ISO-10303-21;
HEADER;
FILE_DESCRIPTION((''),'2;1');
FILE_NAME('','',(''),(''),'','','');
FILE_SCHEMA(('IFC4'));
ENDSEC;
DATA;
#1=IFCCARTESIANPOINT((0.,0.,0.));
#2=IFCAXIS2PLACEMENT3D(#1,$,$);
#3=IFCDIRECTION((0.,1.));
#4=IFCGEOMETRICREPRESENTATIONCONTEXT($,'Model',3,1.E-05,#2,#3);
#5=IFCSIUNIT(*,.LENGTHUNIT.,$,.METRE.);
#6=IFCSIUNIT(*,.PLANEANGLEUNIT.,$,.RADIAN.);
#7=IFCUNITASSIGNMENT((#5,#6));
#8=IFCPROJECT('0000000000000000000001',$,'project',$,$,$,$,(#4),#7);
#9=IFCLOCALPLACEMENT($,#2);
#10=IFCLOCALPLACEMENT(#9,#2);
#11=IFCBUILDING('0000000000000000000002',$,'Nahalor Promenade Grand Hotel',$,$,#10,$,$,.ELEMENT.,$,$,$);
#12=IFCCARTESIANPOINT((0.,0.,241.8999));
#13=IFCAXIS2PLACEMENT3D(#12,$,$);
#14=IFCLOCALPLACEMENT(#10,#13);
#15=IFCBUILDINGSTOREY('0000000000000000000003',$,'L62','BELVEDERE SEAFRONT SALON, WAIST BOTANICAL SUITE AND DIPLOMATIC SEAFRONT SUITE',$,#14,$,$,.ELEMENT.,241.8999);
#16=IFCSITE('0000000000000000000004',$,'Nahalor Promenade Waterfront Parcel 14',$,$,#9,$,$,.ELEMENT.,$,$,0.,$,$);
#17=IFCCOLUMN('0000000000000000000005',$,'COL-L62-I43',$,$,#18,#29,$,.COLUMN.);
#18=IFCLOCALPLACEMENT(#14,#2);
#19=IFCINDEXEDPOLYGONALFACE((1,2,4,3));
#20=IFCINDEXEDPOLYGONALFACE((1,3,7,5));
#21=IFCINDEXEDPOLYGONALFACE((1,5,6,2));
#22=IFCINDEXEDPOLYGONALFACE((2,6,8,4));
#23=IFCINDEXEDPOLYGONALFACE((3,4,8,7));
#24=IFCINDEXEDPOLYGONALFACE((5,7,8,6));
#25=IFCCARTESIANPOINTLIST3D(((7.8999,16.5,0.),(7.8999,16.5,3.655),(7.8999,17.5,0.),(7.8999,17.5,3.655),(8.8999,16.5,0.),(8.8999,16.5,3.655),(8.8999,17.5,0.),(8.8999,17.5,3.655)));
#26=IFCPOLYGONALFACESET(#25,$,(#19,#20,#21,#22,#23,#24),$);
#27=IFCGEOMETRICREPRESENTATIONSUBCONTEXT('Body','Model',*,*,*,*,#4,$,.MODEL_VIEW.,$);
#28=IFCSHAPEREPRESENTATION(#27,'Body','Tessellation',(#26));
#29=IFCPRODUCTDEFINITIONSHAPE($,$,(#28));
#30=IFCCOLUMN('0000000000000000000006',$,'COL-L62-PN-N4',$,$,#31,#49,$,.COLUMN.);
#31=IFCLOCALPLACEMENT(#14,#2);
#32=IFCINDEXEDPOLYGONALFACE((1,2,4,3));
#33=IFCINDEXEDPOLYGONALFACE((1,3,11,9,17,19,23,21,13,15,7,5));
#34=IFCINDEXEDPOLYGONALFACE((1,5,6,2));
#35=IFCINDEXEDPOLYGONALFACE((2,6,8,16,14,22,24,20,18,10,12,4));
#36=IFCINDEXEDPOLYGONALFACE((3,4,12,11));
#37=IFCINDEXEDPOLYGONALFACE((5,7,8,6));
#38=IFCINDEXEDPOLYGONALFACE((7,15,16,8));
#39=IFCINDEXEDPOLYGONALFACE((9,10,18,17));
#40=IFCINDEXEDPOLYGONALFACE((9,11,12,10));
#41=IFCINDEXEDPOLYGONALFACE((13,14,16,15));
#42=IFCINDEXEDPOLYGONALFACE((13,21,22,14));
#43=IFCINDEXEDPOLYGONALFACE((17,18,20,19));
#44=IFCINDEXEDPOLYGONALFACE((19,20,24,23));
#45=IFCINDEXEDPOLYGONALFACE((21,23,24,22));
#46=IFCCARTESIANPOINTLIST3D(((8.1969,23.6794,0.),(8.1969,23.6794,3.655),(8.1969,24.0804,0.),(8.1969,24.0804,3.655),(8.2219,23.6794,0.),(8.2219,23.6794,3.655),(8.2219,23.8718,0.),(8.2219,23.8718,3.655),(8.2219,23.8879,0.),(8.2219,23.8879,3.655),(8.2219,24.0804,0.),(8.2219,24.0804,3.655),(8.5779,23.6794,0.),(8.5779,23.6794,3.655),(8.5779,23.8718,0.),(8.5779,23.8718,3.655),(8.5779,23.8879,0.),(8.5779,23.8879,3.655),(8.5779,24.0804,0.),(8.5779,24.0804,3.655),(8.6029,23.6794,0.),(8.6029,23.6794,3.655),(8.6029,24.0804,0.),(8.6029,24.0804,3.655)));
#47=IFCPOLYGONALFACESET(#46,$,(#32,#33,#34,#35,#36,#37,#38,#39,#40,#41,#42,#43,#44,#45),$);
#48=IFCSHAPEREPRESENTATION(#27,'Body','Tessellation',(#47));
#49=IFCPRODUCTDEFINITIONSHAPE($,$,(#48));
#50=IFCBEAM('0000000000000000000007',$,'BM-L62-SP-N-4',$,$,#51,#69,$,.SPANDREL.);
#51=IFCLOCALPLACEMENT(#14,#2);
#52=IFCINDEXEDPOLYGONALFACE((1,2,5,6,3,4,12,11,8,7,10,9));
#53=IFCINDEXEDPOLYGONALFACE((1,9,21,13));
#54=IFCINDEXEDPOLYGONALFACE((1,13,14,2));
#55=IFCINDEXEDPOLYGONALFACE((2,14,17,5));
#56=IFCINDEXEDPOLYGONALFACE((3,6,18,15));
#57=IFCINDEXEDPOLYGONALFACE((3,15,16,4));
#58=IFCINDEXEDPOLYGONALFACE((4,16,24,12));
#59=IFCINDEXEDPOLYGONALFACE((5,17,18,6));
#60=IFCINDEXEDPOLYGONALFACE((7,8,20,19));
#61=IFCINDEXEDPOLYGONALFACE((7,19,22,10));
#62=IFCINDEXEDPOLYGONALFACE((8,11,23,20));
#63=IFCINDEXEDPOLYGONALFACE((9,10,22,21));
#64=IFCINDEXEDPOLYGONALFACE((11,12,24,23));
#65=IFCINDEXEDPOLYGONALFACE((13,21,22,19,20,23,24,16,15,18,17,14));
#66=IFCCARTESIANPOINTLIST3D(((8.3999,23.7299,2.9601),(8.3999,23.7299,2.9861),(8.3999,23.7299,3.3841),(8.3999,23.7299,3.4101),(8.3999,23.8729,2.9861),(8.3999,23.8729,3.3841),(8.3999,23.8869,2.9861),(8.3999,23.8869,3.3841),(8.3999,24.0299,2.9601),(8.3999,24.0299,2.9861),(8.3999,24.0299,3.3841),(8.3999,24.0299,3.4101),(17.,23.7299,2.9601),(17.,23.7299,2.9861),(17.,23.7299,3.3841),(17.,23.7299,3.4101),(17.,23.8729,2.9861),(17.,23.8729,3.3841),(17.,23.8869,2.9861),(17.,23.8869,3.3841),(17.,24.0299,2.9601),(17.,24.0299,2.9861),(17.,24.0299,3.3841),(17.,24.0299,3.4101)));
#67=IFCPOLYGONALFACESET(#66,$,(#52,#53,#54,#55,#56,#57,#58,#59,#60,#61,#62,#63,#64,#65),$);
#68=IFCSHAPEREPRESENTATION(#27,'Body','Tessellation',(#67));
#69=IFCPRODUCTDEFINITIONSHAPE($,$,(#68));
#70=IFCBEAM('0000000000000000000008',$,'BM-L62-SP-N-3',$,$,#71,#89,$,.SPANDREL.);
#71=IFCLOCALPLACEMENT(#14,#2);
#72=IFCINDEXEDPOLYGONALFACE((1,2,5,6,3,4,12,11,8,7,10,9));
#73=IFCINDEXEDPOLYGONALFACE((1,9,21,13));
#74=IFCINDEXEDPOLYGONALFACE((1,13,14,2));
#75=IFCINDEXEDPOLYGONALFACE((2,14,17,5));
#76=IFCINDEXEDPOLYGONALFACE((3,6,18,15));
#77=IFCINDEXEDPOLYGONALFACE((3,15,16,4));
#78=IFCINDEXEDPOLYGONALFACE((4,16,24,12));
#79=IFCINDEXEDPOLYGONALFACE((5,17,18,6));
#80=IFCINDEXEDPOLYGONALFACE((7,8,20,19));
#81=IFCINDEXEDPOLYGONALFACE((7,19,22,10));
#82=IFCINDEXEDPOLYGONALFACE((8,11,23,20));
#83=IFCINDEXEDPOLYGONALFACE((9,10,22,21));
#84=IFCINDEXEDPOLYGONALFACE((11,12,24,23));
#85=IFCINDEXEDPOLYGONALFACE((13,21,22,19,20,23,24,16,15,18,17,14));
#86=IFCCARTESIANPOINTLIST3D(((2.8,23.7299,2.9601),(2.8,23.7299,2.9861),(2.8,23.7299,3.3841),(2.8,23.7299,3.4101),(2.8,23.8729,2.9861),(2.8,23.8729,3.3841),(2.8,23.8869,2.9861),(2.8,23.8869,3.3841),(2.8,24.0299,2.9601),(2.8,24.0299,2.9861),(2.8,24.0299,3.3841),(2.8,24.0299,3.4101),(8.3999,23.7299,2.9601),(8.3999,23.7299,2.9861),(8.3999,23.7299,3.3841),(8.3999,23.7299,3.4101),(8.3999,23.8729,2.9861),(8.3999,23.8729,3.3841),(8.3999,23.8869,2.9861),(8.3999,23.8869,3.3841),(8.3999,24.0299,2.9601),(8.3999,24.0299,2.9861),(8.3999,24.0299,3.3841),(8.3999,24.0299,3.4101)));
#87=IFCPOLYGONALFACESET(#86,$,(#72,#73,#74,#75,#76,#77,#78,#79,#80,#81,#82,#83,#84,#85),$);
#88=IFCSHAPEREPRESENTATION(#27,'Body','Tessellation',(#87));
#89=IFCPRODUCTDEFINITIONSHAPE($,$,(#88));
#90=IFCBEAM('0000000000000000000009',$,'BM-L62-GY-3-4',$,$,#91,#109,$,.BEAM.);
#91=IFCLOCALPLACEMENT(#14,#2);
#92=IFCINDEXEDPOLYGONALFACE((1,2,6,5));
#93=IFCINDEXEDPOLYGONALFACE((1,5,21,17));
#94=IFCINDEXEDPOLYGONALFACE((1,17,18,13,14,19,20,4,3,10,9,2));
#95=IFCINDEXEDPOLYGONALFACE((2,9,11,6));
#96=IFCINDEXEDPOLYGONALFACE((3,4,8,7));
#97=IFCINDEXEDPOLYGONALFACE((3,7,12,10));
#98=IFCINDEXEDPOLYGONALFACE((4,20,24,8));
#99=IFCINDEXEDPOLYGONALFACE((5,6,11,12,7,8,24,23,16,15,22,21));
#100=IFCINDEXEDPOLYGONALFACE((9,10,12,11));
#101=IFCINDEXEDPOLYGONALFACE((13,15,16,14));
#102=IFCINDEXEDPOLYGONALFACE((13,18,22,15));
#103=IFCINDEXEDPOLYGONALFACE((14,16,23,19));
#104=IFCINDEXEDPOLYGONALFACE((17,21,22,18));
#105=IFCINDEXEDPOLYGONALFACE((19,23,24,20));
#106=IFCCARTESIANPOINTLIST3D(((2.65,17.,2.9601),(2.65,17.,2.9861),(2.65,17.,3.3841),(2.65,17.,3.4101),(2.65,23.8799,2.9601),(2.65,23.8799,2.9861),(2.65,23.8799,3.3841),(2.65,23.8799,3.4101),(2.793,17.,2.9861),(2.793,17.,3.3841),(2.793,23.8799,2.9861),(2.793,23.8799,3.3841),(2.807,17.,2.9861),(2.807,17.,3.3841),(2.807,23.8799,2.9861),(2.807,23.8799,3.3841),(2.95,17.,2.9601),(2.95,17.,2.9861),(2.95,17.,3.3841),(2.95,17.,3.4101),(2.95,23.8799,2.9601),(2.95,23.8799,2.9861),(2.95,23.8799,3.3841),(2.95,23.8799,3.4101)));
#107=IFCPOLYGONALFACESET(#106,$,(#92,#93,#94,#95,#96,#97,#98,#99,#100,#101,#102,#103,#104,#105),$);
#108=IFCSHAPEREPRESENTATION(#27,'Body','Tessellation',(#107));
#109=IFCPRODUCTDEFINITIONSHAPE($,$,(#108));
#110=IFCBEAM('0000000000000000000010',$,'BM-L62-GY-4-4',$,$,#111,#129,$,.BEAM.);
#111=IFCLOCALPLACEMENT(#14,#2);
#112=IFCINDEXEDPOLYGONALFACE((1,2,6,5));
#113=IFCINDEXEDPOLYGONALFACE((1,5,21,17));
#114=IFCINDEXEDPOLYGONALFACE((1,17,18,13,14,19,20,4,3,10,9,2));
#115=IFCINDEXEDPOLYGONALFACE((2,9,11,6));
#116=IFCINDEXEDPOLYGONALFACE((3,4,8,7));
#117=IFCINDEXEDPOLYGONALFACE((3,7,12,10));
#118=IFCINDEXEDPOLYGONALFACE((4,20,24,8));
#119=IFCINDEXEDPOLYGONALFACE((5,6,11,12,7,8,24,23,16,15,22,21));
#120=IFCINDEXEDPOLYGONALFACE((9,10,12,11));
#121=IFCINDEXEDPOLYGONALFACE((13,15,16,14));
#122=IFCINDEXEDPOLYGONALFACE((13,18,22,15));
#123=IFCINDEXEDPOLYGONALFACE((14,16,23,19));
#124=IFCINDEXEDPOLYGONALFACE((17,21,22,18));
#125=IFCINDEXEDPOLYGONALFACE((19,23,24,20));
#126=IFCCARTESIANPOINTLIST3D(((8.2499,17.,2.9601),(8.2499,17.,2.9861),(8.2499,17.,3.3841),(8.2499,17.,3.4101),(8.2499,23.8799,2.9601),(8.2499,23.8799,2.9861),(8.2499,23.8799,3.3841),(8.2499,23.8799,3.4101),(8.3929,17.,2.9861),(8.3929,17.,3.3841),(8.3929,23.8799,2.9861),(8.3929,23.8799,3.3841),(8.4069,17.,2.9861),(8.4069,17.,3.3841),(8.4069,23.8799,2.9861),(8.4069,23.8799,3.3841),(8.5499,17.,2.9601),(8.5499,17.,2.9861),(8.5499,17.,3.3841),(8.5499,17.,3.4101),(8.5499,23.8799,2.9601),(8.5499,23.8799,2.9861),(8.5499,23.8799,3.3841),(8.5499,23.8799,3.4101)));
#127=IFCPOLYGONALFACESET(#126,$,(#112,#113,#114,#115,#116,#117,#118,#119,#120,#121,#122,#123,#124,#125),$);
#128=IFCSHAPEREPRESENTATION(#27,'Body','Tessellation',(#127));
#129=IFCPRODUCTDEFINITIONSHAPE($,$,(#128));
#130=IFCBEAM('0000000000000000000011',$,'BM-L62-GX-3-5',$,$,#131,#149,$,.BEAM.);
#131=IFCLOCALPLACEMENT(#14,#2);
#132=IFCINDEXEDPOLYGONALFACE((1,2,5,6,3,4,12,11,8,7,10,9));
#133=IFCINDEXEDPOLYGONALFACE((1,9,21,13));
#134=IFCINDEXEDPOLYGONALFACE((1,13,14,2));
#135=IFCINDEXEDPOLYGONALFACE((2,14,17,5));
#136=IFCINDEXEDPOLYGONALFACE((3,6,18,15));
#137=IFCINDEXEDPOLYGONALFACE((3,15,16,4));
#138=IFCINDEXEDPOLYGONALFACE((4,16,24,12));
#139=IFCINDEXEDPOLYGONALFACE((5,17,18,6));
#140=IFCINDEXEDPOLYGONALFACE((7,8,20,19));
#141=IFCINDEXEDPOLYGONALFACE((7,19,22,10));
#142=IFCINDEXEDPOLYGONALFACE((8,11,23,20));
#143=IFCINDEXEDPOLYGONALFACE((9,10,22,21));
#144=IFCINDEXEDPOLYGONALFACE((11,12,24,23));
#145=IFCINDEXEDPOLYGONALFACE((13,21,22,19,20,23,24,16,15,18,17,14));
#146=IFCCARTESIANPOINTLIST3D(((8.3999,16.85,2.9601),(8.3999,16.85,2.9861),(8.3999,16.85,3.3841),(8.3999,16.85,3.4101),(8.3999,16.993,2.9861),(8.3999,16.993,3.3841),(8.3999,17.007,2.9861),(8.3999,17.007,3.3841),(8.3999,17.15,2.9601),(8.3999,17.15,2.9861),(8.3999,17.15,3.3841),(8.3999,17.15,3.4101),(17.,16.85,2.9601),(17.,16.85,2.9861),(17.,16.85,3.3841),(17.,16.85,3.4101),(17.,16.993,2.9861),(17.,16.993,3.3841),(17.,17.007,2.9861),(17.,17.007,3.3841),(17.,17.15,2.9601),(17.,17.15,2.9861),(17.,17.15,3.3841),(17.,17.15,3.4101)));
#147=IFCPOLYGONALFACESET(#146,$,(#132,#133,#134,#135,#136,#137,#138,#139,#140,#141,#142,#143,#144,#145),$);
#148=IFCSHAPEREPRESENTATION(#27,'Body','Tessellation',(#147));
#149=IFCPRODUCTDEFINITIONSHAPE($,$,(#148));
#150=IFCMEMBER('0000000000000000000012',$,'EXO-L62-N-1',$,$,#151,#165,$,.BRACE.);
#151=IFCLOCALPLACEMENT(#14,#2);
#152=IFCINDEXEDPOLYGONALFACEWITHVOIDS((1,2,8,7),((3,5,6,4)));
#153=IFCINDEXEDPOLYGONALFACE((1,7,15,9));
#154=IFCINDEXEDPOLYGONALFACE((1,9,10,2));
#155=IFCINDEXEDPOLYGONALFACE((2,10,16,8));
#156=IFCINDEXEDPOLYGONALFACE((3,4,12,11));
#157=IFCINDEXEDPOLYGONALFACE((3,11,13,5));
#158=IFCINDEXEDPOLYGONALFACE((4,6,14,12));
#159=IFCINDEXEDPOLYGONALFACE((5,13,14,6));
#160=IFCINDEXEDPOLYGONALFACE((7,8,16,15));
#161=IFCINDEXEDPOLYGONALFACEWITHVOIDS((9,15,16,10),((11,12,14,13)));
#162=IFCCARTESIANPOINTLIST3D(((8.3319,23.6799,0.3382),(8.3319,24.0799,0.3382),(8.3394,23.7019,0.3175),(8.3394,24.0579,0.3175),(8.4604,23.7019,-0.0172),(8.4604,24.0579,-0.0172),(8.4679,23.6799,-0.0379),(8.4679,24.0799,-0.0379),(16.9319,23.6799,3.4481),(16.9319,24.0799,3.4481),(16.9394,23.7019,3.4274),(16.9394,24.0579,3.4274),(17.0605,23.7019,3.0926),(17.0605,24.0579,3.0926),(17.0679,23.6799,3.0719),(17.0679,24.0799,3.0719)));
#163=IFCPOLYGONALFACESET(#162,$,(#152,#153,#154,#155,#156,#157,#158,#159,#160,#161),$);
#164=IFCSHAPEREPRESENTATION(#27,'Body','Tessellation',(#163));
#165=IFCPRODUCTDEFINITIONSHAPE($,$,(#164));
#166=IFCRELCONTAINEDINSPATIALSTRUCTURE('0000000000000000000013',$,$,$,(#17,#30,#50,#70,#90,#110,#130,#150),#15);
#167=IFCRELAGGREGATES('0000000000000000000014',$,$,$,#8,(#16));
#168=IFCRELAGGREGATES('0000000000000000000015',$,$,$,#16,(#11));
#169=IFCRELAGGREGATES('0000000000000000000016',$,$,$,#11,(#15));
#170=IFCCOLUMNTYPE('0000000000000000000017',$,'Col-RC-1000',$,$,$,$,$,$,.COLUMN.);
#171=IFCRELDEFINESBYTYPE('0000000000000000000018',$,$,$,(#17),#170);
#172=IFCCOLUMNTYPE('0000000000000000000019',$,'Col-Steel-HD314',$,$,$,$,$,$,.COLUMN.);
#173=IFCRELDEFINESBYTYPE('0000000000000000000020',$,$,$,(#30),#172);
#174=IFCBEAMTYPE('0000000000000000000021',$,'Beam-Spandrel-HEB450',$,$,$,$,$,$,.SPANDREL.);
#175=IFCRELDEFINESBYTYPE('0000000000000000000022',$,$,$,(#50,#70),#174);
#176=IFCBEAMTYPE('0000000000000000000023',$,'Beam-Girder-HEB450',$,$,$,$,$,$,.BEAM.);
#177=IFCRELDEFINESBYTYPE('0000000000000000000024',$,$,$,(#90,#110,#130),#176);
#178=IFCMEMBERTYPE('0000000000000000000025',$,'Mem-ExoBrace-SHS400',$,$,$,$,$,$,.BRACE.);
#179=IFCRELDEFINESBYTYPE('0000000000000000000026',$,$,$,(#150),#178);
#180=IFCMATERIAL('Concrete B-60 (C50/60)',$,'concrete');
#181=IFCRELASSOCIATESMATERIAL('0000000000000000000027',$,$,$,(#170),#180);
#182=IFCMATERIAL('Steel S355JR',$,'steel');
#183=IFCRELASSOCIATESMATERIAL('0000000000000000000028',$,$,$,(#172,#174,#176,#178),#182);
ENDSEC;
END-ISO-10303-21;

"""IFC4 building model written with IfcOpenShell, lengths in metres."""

from ifc_helpers import new_model, si_unit, direction, frame, origin, origin_2d, place, context, subcontext, project, spatial, rectangle, hollow_rectangle, i_section, extrude, source, transform, mapped, material, material_profile, profile_set, type_object, element, save


model = new_model("IFC4")

# Units and contexts
model_context = context("Model", 3, precision=1e-05, world=origin(), true_north=direction((0.0, 1.0)))
body_context = subcontext(model_context, "Body", "Model", "MODEL_VIEW")
ifc_project = project(units=[si_unit("LENGTHUNIT", "METRE"), si_unit("PLANEANGLEUNIT", "RADIAN")], contexts=[model_context])

# Site, building, storey
site_placement = place(None, origin())
site = spatial("IfcSite", under=ifc_project, at=site_placement, Name="Nahalor Promenade Waterfront Parcel 14", CompositionType="ELEMENT", RefElevation=0.0)
building_placement = place(site_placement, origin())
building = spatial("IfcBuilding", under=site, at=building_placement, Name="Nahalor Promenade Grand Hotel", CompositionType="ELEMENT")
storey_placement = place(building_placement, frame((0.0, 0.0, 241.8999)))
storey = spatial("IfcBuildingStorey", under=building, at=storey_placement, Name="L62", Description="BELVEDERE SEAFRONT SALON, WAIST BOTANICAL SUITE AND DIPLOMATIC SEAFRONT SUITE", CompositionType="ELEMENT", Elevation=241.8999)

# Columns
ifc_material_1 = material(Name="Concrete B-60 (C50/60)", Category="concrete")
ifc_material_profile_1 = material_profile(ifc_material_1, rectangle(XDim=1.0, YDim=1.0, at=origin_2d()), Name="RC 1000x1000")
ifc_profile_set_1 = profile_set([ifc_material_profile_1], Name="Concrete B-60 (C50/60)")
column_type_1 = type_object("IfcColumnType", Name="Col-RC-1000", PredefinedType="COLUMN", material=ifc_profile_set_1)
shared_shape_1 = source(origin(), body_context, "Body", "SweptSolid", [
    extrude(rectangle(XDim=1.0, YDim=1.0, at=origin_2d()), origin(), (0.0, 0.0, 1.0), 3.655),
])
column_1_placement = place(storey_placement, frame((8.3999, 17.0, 0.0), z_axis=(0.0, 0.0, 1.0), x_axis=(1.0, 0.0, 0.0)))
element("IfcColumn", 1, at=column_1_placement, inside=storey, type_object=column_type_1, Name="COL-L62-I43", PredefinedType="COLUMN", context=body_context, shape_type="MappedRepresentation", body=[
    mapped(shared_shape_1, transform((0.0, 0.0, 0.0), scale=1.0)),
])
ifc_material_2 = material(Name="Steel S355JR", Category="steel")
ifc_material_profile_2 = material_profile(ifc_material_2, i_section(OverallWidth=0.401, OverallDepth=0.406, WebThickness=0.0161, FlangeThickness=0.025, at=origin_2d()), Name="HD 400x314")
ifc_profile_set_2 = profile_set([ifc_material_profile_2], Name="Steel S355JR")
column_type_2 = type_object("IfcColumnType", Name="Col-Steel-HD314", PredefinedType="COLUMN", material=ifc_profile_set_2)
shared_shape_2 = source(origin(), body_context, "Body", "SweptSolid", [
    extrude(i_section(OverallWidth=0.401, OverallDepth=0.406, WebThickness=0.0161, FlangeThickness=0.025, at=origin_2d()), origin(), (0.0, 0.0, 1.0), 3.655),
])
column_2_placement = place(storey_placement, frame((8.3999, 23.8799, 0.0), z_axis=(0.0, 0.0, 1.0), x_axis=(0.0, 1.0, 0.0)))
element("IfcColumn", 2, at=column_2_placement, inside=storey, type_object=column_type_2, Name="COL-L62-PN-N4", PredefinedType="COLUMN", context=body_context, shape_type="MappedRepresentation", body=[
    mapped(shared_shape_2, transform((0.0, 0.0, 0.0), scale=1.0)),
])

# Beams
ifc_material_profile_3 = material_profile(ifc_material_2, i_section(OverallWidth=0.3, OverallDepth=0.45, WebThickness=0.014, FlangeThickness=0.026, at=origin_2d()), Name="HEB 450")
ifc_profile_set_3 = profile_set([ifc_material_profile_3], Name="Steel S355JR")
beam_type_1 = type_object("IfcBeamType", Name="Beam-Spandrel-HEB450", PredefinedType="SPANDREL", material=ifc_profile_set_3)
shared_shape_3 = source(origin(), body_context, "Body", "SweptSolid", [
    extrude(i_section(OverallWidth=0.3, OverallDepth=0.45, WebThickness=0.014, FlangeThickness=0.026, at=origin_2d()), origin(), (0.0, 0.0, 1.0), 8.6001),
])
beam_1_placement = place(storey_placement, frame((8.3999, 23.8799, 3.1851), z_axis=(1.0, 0.0, 0.0), x_axis=(0.0, 1.0, 0.0)))
element("IfcBeam", 3, at=beam_1_placement, inside=storey, type_object=beam_type_1, Name="BM-L62-SP-N-4", PredefinedType="SPANDREL", context=body_context, shape_type="MappedRepresentation", body=[
    mapped(shared_shape_3, transform((0.0, 0.0, 0.0), scale=1.0)),
])
shared_shape_4 = source(origin(), body_context, "Body", "SweptSolid", [
    extrude(i_section(OverallWidth=0.3, OverallDepth=0.45, WebThickness=0.014, FlangeThickness=0.026, at=origin_2d()), origin(), (0.0, 0.0, 1.0), 5.5999),
])
beam_2_placement = place(storey_placement, frame((2.8, 23.8799, 3.1851), z_axis=(1.0, 0.0, 0.0), x_axis=(0.0, 1.0, 0.0)))
element("IfcBeam", 4, at=beam_2_placement, inside=storey, type_object=beam_type_1, Name="BM-L62-SP-N-3", PredefinedType="SPANDREL", context=body_context, shape_type="MappedRepresentation", body=[
    mapped(shared_shape_4, transform((0.0, 0.0, 0.0), scale=1.0)),
])
ifc_material_profile_4 = material_profile(ifc_material_2, i_section(OverallWidth=0.3, OverallDepth=0.45, WebThickness=0.014, FlangeThickness=0.026, at=origin_2d()), Name="HEB 450")
ifc_profile_set_4 = profile_set([ifc_material_profile_4], Name="Steel S355JR")
beam_type_2 = type_object("IfcBeamType", Name="Beam-Girder-HEB450", PredefinedType="BEAM", material=ifc_profile_set_4)
shared_shape_5 = source(origin(), body_context, "Body", "SweptSolid", [
    extrude(i_section(OverallWidth=0.3, OverallDepth=0.45, WebThickness=0.014, FlangeThickness=0.026, at=origin_2d()), origin(), (0.0, 0.0, 1.0), 6.8799),
])
for number, where, z_axis, x_axis, name in (
    (5, (2.8, 17.0, 3.1851), (0.0, 1.0, 0.0), (-1.0, 0.0, 0.0), "BM-L62-GY-3-4"),
    (6, (8.3999, 17.0, 3.1851), (0.0, 1.0, 0.0), (-1.0, 0.0, 0.0), "BM-L62-GY-4-4"),
):
    element("IfcBeam", number, at=place(storey_placement, frame(where, z_axis=z_axis, x_axis=x_axis)), inside=storey, type_object=beam_type_2, Name=name, PredefinedType="BEAM", context=body_context, shape_type="MappedRepresentation", body=[
        mapped(shared_shape_5, transform((0.0, 0.0, 0.0), scale=1.0)),
    ])
shared_shape_6 = source(origin(), body_context, "Body", "SweptSolid", [
    extrude(i_section(OverallWidth=0.3, OverallDepth=0.45, WebThickness=0.014, FlangeThickness=0.026, at=origin_2d()), origin(), (0.0, 0.0, 1.0), 8.6001),
])
beam_3_placement = place(storey_placement, frame((8.3999, 17.0, 3.1851), z_axis=(1.0, 0.0, 0.0), x_axis=(0.0, 1.0, 0.0)))
element("IfcBeam", 7, at=beam_3_placement, inside=storey, type_object=beam_type_2, Name="BM-L62-GX-3-5", PredefinedType="BEAM", context=body_context, shape_type="MappedRepresentation", body=[
    mapped(shared_shape_6, transform((0.0, 0.0, 0.0), scale=1.0)),
])

# Member
ifc_material_profile_5 = material_profile(ifc_material_2, hollow_rectangle(XDim=0.4, YDim=0.4, WallThickness=0.022, at=origin_2d()), Name="SHS 400x400x22")
ifc_profile_set_5 = profile_set([ifc_material_profile_5], Name="Steel S355JR")
member_type = type_object("IfcMemberType", Name="Mem-ExoBrace-SHS400", PredefinedType="BRACE", material=ifc_profile_set_5)
shared_shape_7 = source(origin(), body_context, "Body", "SweptSolid", [
    extrude(hollow_rectangle(XDim=0.4, YDim=0.4, WallThickness=0.022, at=origin_2d()), origin(), (0.0, 0.0, 1.0), 9.145),
])
member_placement = place(storey_placement, frame((8.3999, 23.8799, 0.1501), z_axis=(0.940405, 0.0, 0.340058), x_axis=(0.0, 1.0, 0.0)))
element("IfcMember", 8, at=member_placement, inside=storey, type_object=member_type, Name="EXO-L62-N-1", PredefinedType="BRACE", context=body_context, shape_type="MappedRepresentation", body=[
    mapped(shared_shape_7, transform((0.0, 0.0, 0.0), scale=1.0)),
])

save(model, "model.ifc")
